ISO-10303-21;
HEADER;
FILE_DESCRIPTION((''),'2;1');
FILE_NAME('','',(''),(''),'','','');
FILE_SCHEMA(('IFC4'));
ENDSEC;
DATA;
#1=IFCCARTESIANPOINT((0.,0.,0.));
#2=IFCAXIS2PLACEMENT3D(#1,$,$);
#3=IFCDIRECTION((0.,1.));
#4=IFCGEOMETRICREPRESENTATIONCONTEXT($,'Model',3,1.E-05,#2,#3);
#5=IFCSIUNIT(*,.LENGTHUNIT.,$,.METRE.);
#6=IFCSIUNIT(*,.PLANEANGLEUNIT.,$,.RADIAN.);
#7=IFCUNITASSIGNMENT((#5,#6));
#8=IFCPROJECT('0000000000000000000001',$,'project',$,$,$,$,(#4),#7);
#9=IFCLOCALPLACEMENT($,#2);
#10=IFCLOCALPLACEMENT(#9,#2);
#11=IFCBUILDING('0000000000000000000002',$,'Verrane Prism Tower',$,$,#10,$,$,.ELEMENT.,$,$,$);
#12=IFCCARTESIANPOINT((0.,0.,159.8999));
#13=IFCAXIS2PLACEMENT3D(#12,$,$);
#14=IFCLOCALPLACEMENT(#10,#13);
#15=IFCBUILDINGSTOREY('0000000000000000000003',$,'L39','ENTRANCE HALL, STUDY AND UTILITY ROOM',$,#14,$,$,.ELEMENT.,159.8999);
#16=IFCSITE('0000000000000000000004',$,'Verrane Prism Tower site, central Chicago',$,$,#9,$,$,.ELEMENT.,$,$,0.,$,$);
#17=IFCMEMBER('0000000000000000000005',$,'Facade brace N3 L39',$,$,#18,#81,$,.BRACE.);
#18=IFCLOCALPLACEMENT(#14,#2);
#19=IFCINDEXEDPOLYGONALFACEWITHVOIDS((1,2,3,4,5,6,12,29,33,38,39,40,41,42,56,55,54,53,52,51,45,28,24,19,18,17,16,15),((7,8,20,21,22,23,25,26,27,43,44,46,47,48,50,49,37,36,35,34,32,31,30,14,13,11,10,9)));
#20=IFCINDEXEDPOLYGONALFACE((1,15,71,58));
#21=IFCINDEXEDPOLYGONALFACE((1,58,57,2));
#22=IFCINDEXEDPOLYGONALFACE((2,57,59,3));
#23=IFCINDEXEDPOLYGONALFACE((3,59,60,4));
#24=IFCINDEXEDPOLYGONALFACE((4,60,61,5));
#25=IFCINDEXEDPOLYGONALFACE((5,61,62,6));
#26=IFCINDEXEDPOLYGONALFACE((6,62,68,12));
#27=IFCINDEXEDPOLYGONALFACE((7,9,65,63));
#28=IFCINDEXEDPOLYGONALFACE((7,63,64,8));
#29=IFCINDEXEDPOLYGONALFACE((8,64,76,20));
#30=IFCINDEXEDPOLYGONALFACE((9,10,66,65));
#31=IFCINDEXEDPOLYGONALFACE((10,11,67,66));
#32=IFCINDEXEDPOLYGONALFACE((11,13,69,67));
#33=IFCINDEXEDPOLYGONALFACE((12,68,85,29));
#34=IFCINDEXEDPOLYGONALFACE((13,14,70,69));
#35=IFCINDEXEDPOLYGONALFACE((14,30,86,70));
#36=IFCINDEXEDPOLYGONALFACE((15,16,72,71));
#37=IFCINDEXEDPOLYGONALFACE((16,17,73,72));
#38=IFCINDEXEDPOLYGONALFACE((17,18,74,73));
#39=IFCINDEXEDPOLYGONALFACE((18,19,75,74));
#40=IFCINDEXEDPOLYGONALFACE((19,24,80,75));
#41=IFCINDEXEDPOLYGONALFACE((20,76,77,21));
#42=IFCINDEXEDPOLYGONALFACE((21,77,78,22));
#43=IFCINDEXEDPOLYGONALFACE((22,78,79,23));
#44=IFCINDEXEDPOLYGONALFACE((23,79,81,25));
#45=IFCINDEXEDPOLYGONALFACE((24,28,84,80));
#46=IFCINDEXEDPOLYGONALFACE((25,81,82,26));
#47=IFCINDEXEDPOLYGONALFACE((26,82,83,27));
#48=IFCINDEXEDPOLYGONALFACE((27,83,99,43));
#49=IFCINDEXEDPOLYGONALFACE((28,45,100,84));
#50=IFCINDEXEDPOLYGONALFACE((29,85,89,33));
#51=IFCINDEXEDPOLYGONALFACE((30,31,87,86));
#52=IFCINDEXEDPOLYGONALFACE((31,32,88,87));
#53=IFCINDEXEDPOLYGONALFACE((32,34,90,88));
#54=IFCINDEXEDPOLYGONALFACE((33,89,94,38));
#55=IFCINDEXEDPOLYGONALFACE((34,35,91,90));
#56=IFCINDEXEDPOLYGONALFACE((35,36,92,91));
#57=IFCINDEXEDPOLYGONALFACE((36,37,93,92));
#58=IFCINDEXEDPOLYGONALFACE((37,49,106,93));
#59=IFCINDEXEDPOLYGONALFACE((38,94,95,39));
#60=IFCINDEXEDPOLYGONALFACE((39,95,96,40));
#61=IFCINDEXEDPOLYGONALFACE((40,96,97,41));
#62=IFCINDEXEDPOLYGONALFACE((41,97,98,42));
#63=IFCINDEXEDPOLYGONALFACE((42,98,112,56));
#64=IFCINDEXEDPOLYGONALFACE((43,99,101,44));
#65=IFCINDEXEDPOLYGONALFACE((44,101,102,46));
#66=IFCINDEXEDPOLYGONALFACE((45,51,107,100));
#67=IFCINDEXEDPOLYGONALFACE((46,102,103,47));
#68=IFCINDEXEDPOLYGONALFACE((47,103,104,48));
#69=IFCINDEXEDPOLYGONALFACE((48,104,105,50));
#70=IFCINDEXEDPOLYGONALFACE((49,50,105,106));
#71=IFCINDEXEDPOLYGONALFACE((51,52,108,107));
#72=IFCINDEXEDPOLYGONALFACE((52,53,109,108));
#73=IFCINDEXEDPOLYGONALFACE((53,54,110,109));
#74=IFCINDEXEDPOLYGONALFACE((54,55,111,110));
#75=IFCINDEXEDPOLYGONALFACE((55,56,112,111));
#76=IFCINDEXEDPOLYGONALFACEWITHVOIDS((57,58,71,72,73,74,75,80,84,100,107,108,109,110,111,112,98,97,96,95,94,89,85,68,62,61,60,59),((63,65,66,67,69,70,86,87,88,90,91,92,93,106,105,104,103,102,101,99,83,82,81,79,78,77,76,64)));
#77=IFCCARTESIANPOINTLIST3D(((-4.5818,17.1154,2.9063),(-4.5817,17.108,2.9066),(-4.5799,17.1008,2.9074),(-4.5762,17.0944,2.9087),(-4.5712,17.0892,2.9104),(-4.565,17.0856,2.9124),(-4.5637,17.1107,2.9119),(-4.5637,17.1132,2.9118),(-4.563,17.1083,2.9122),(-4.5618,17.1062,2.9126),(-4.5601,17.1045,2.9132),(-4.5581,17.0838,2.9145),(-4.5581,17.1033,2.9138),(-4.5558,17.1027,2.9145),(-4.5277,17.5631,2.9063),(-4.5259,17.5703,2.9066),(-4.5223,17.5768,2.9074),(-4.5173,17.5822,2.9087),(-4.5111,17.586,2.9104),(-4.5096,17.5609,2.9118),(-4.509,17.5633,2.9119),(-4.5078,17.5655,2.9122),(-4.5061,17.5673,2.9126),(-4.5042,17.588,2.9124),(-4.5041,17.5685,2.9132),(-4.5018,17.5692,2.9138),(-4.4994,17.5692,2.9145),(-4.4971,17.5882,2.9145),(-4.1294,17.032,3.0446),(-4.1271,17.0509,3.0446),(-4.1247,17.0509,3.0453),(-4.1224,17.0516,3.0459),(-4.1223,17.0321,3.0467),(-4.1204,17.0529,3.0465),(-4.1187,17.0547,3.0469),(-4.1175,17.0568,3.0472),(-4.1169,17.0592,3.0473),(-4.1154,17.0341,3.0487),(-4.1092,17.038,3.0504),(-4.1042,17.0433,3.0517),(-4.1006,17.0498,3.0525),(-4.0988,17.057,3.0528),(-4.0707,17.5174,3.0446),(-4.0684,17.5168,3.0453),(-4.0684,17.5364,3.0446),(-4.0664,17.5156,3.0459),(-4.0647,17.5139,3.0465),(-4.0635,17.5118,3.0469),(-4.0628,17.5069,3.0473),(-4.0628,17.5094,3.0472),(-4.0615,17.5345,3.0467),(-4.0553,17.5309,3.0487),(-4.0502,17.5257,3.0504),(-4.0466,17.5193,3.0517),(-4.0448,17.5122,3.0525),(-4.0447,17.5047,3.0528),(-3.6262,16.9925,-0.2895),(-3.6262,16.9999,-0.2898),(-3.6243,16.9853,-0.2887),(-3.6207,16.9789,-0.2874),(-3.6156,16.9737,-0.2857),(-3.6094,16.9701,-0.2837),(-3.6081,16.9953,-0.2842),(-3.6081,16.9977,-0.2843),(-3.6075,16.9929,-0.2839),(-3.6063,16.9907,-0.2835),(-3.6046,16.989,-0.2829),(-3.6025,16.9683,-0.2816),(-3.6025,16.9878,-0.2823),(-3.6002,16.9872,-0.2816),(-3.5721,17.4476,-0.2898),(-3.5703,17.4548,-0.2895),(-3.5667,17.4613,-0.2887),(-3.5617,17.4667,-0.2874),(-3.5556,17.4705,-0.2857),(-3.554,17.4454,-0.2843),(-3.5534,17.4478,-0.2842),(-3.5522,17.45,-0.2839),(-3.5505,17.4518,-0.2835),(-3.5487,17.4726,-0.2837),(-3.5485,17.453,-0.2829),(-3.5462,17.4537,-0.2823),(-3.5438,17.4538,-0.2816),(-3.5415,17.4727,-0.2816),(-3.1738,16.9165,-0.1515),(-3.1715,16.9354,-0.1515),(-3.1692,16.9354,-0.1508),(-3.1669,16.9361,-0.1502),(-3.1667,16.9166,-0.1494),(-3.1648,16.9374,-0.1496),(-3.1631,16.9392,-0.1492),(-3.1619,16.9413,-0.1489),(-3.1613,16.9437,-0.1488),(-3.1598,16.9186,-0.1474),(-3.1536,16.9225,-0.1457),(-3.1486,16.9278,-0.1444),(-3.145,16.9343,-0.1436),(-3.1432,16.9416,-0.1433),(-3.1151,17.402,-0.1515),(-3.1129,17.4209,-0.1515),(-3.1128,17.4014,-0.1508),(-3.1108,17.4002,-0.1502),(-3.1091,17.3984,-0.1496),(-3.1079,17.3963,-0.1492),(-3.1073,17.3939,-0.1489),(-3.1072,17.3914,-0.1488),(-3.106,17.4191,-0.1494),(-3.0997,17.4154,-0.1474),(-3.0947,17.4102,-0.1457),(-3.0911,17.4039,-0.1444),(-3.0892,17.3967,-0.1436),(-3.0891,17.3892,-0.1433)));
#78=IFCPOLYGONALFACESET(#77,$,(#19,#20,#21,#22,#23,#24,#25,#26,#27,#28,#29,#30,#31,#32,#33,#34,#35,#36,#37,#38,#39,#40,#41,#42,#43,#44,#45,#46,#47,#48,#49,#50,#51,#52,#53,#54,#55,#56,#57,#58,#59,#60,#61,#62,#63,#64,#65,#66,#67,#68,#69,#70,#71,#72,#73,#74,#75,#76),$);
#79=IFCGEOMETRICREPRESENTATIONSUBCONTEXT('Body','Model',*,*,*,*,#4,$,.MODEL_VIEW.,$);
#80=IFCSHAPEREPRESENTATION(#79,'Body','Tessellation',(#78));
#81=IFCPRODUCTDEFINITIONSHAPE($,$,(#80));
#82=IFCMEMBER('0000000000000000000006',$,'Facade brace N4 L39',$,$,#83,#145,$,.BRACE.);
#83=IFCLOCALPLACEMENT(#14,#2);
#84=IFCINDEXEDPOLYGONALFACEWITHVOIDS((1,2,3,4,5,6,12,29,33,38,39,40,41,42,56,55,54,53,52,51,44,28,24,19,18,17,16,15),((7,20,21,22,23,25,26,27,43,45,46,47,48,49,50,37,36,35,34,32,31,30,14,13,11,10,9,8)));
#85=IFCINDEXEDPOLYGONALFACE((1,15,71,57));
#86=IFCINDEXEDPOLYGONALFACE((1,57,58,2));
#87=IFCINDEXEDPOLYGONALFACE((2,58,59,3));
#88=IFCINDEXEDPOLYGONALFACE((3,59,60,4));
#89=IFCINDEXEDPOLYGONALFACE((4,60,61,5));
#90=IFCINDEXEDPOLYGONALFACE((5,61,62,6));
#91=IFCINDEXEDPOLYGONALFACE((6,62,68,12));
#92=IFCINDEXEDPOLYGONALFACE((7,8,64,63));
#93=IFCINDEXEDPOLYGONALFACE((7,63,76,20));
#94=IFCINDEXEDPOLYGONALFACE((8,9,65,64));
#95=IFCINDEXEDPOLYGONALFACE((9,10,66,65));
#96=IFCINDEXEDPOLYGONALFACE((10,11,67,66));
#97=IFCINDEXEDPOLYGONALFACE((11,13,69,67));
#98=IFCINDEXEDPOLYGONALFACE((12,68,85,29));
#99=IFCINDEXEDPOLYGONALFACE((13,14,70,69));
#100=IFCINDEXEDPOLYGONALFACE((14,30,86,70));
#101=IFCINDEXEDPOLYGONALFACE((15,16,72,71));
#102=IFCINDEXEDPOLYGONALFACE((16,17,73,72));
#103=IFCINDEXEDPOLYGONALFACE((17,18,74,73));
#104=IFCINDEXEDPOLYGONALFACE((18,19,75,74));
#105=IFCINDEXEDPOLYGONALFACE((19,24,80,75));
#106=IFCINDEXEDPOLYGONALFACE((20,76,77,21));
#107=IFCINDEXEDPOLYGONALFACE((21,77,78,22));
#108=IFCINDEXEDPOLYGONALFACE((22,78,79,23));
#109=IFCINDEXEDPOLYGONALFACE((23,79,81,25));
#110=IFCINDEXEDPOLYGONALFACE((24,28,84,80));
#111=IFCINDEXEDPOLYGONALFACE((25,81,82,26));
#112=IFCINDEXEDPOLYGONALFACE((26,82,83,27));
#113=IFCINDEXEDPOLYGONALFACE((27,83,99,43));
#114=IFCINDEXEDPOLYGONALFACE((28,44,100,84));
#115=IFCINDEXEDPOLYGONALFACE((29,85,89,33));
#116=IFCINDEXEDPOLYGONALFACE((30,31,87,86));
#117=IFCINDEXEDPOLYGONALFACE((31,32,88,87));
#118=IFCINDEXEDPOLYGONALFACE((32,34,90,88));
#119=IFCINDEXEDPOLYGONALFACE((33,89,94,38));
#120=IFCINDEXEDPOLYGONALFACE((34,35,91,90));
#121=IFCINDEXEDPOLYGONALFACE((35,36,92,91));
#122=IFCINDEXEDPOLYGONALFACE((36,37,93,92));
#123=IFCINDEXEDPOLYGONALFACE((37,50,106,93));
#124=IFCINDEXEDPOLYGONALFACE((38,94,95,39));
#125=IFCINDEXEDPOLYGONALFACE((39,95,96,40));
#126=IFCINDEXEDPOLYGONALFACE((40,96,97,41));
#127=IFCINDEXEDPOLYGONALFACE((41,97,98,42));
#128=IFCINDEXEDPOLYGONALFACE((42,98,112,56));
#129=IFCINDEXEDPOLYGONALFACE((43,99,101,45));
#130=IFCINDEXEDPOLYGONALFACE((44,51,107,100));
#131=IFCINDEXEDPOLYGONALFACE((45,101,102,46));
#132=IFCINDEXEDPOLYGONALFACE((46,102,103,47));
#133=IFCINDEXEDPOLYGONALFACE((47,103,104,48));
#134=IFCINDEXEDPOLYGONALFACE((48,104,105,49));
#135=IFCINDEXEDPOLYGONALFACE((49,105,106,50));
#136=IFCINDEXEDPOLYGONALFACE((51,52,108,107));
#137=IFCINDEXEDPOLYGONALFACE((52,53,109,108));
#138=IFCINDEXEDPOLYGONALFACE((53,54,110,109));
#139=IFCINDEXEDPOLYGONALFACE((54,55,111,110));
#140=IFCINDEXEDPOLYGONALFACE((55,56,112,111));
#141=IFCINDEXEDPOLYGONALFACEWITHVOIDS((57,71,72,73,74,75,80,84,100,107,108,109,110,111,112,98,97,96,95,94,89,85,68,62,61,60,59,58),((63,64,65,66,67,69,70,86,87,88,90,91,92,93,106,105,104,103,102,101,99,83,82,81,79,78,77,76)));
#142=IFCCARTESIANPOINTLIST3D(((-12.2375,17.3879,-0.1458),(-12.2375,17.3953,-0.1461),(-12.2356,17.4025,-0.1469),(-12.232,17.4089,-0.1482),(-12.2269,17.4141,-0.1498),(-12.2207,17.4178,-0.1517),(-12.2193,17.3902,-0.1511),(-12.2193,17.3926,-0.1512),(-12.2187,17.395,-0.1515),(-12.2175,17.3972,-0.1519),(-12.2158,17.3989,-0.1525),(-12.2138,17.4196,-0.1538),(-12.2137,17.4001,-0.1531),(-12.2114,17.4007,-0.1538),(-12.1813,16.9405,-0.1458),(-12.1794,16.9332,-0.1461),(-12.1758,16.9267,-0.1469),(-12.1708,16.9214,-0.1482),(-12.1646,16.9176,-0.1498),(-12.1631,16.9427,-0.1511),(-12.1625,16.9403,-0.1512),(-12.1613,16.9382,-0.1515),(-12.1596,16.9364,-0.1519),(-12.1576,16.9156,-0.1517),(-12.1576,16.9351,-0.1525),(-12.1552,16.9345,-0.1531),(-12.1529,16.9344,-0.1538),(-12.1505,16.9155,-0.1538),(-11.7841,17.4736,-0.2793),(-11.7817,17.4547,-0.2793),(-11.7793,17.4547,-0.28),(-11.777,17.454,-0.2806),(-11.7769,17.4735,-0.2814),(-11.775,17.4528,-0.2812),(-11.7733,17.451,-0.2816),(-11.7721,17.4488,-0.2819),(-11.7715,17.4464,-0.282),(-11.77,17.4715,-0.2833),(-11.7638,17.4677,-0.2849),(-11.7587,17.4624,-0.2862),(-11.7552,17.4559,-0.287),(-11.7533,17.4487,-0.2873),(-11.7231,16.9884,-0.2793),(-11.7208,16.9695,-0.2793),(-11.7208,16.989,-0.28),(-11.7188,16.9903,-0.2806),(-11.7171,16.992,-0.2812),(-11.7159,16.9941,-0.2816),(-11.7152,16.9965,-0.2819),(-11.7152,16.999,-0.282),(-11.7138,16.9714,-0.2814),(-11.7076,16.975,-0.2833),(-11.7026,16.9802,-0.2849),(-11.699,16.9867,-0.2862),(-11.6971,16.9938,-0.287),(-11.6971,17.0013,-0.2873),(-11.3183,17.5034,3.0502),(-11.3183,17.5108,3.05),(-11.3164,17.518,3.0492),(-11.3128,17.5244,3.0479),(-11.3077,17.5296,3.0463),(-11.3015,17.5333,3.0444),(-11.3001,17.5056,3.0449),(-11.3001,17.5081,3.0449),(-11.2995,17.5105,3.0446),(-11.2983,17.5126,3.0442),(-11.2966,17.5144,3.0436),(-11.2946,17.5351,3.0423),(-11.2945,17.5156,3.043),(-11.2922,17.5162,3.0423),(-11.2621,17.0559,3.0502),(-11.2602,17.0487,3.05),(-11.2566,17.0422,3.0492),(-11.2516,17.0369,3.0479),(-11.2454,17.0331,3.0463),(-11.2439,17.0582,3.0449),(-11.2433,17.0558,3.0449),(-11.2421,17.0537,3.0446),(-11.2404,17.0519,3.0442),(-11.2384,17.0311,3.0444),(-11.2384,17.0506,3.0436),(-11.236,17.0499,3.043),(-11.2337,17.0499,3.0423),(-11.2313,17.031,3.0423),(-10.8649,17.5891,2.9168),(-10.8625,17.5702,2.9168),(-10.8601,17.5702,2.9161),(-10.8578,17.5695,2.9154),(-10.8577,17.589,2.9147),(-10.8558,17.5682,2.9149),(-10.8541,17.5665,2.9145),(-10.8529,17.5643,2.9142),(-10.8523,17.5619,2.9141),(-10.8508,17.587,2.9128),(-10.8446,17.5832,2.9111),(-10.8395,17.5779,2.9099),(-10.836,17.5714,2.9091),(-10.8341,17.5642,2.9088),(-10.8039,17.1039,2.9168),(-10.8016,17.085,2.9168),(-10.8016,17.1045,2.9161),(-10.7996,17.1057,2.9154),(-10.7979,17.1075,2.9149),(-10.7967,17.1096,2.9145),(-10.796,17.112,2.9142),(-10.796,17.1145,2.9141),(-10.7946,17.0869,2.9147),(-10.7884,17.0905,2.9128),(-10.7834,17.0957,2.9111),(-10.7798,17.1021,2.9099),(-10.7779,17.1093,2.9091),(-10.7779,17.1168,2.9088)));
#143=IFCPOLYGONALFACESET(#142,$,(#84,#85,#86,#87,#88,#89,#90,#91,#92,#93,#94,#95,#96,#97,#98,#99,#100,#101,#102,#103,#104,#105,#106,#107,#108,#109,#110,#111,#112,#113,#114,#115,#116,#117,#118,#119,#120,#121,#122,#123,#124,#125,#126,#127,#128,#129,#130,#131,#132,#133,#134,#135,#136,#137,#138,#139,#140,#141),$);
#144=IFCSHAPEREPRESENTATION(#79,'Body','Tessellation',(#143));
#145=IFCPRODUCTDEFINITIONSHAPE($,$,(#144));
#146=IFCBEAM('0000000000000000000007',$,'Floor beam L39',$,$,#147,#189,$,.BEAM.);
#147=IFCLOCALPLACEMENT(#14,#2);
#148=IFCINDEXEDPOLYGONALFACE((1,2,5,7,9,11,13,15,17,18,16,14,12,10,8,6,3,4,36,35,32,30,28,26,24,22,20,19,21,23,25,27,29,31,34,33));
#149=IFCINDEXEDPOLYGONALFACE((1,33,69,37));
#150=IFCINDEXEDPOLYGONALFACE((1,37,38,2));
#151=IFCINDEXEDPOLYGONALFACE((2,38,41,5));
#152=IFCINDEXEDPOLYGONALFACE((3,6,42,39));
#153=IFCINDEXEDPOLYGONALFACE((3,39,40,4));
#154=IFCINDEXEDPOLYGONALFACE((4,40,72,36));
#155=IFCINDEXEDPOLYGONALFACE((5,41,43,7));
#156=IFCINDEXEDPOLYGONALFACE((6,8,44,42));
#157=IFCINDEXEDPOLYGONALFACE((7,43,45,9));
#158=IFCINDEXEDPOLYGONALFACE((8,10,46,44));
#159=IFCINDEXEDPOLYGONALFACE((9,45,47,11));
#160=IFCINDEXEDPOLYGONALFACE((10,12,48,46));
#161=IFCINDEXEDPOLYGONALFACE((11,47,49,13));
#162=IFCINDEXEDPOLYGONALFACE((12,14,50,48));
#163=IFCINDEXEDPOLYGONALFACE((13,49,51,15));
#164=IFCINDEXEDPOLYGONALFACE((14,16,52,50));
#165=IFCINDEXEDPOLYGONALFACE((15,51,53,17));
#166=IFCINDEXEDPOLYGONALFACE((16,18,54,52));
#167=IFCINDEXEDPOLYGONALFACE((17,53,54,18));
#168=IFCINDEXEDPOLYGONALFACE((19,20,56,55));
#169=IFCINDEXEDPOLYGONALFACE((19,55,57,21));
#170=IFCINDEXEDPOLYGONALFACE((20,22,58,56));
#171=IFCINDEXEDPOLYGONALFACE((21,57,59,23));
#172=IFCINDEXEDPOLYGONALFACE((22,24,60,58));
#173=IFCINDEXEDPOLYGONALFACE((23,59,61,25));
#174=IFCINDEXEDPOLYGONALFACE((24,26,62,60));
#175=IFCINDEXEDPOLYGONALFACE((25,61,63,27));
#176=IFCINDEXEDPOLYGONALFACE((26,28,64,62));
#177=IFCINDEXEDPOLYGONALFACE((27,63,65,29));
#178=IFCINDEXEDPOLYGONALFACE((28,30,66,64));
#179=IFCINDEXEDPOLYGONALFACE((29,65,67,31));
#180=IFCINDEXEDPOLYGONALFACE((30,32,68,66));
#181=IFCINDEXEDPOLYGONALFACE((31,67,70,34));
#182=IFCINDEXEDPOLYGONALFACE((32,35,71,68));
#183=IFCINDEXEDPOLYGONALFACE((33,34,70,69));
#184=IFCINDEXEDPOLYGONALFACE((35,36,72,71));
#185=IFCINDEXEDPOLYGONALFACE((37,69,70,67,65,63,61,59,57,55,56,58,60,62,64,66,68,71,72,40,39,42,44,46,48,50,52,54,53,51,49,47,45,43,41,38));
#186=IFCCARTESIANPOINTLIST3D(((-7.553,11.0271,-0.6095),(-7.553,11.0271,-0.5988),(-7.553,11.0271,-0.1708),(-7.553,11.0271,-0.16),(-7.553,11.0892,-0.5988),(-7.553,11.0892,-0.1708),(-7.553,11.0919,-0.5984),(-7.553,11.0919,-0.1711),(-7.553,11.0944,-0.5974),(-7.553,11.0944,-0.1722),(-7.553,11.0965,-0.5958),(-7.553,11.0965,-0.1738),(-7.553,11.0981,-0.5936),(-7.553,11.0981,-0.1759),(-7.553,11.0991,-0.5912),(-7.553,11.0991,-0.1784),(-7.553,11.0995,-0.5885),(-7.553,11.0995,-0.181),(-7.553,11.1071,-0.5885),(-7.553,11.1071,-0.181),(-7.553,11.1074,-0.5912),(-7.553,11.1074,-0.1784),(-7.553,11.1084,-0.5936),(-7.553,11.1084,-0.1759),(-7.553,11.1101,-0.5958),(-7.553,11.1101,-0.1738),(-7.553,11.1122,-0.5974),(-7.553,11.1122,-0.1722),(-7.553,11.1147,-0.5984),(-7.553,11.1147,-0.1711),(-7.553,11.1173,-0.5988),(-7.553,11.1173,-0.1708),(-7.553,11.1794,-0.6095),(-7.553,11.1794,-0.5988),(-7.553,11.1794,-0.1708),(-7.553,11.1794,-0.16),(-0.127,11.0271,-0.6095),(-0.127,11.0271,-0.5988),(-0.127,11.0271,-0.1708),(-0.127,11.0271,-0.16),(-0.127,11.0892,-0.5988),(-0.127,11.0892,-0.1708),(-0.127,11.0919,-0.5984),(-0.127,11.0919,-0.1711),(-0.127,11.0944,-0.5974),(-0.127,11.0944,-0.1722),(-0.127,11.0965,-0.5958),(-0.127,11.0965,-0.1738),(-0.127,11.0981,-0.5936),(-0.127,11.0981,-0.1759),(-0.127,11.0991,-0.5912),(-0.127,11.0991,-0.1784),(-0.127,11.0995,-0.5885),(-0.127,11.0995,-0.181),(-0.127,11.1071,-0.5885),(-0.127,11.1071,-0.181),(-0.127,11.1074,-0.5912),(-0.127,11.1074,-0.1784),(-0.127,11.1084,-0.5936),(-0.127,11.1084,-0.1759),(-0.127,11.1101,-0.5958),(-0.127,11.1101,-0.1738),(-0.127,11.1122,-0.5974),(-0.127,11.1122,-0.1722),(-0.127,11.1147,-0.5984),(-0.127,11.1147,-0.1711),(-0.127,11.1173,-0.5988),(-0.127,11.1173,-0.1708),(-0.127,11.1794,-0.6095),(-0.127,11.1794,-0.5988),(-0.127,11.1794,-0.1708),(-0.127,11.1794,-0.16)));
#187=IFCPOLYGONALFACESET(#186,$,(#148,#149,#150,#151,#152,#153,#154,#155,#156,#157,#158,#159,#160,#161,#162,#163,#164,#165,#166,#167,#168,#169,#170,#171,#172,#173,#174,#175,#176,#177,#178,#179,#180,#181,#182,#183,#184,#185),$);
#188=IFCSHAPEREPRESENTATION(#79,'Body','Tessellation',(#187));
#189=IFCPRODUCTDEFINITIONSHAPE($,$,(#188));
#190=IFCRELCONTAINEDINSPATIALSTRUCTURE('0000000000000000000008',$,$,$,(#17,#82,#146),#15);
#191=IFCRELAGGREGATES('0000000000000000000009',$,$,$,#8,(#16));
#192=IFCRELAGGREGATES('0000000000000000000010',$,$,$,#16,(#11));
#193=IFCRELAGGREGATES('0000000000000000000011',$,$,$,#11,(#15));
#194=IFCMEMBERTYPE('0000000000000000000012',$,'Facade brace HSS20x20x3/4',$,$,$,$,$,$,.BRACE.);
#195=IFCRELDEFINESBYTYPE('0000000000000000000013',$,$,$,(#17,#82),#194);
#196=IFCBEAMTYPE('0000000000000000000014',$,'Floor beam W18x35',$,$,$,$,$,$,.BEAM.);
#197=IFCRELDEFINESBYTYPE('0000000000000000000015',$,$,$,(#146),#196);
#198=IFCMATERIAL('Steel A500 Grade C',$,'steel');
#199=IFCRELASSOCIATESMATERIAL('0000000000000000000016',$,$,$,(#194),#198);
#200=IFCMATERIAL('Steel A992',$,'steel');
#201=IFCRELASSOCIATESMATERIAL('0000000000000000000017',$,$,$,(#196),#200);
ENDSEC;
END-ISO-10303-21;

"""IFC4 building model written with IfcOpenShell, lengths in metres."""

from ifc_helpers import new_model, si_unit, direction, frame, origin, origin_2d, place, context, subcontext, project, spatial, hollow_rectangle, i_section, extrude, material, material_profile, profile_set, type_object, element, save


model = new_model("IFC4")

# Units and contexts
model_context = context("Model", 3, precision=1e-05, world=origin(), true_north=direction((0.0, 1.0)))
body_context = subcontext(model_context, "Body", "Model", "MODEL_VIEW")
ifc_project = project(units=[si_unit("LENGTHUNIT", "METRE"), si_unit("PLANEANGLEUNIT", "RADIAN")], contexts=[model_context])

# Site, building, storey
site_placement = place(None, origin())
site = spatial("IfcSite", under=ifc_project, at=site_placement, Name="Verrane Prism Tower site, central Chicago", CompositionType="ELEMENT", RefElevation=0.0)
building_placement = place(site_placement, origin())
building = spatial("IfcBuilding", under=site, at=building_placement, Name="Verrane Prism Tower", CompositionType="ELEMENT")
storey_placement = place(building_placement, frame((0.0, 0.0, 159.8999)))
storey = spatial("IfcBuildingStorey", under=building, at=storey_placement, Name="L39", Description="ENTRANCE HALL, STUDY AND UTILITY ROOM", CompositionType="ELEMENT", Elevation=159.8999)

# Members
ifc_material_1 = material(Name="Steel A500 Grade C", Category="steel")
ifc_material_profile_1 = material_profile(ifc_material_1, hollow_rectangle(XDim=0.5081, YDim=0.5081, WallThickness=0.019, InnerFilletRadius=0.0095, OuterFilletRadius=0.0286, at=origin_2d()), Name="HSS20x20x3/4")
ifc_profile_set_1 = profile_set([ifc_material_profile_1], Name="Steel A500 Grade C")
member_type_1 = type_object("IfcMemberType", Name="Facade brace HSS20x20x3/4", PredefinedType="BRACE", material=ifc_profile_set_1)
member_1_placement = place(storey_placement, frame((-3.3577, 17.1946, -0.2166), z_axis=(-0.286283, 0.034597, 0.95752), x_axis=(-0.119975, -0.992777, 0.0)))
element("IfcMember", 1, at=member_1_placement, inside=storey, type_object=member_type_1, Name="Facade brace N3 L39", PredefinedType="BRACE", context=body_context, shape_type="SweptSolid", body=[
    extrude(hollow_rectangle(XDim=0.5081, YDim=0.5081, WallThickness=0.019, InnerFilletRadius=0.0095, OuterFilletRadius=0.0286, at=origin_2d()), origin(), (0.0, 0.0, 1.0), 3.3379),
])
member_2_placement = place(storey_placement, frame((-11.9673, 17.1946, -0.2166), z_axis=(0.276232, 0.034703, 0.960464), x_axis=(-0.124651, 0.992201, 0.0)))
element("IfcMember", 2, at=member_2_placement, inside=storey, type_object=member_type_1, Name="Facade brace N4 L39", PredefinedType="BRACE", context=body_context, shape_type="SweptSolid", body=[
    extrude(hollow_rectangle(XDim=0.5081, YDim=0.5081, WallThickness=0.019, InnerFilletRadius=0.0095, OuterFilletRadius=0.0286, at=origin_2d()), origin(), (0.0, 0.0, 1.0), 3.3276),
])

# Beam
ifc_material_2 = material(Name="Steel A992", Category="steel")
ifc_material_profile_2 = material_profile(ifc_material_2, i_section(OverallWidth=0.1523, OverallDepth=0.4495, WebThickness=0.0076, FlangeThickness=0.0107, FilletRadius=0.0103, at=origin_2d()), Name="W18x35")
ifc_profile_set_2 = profile_set([ifc_material_profile_2], Name="Steel A992")
beam_type_1 = type_object("IfcBeamType", Name="Floor beam W18x35", PredefinedType="BEAM", material=ifc_profile_set_2)
for number, where, z_axis, x_axis, name in (
    (3, (-7.553, 11.1033, -0.3848), (1.0, 0.0, 0.0), (0.0, 1.0, 0.0), "Floor beam L39"),
):
    element("IfcBeam", number, at=place(storey_placement, frame(where, z_axis=z_axis, x_axis=x_axis)), inside=storey, type_object=beam_type_1, Name=name, PredefinedType="BEAM", context=body_context, shape_type="SweptSolid", body=[
        extrude(i_section(OverallWidth=0.1523, OverallDepth=0.4495, WebThickness=0.0076, FlangeThickness=0.0107, FilletRadius=0.0103, at=origin_2d()), origin(), (0.0, 0.0, 1.0), 7.426),
    ])

save(model, "model.ifc")
